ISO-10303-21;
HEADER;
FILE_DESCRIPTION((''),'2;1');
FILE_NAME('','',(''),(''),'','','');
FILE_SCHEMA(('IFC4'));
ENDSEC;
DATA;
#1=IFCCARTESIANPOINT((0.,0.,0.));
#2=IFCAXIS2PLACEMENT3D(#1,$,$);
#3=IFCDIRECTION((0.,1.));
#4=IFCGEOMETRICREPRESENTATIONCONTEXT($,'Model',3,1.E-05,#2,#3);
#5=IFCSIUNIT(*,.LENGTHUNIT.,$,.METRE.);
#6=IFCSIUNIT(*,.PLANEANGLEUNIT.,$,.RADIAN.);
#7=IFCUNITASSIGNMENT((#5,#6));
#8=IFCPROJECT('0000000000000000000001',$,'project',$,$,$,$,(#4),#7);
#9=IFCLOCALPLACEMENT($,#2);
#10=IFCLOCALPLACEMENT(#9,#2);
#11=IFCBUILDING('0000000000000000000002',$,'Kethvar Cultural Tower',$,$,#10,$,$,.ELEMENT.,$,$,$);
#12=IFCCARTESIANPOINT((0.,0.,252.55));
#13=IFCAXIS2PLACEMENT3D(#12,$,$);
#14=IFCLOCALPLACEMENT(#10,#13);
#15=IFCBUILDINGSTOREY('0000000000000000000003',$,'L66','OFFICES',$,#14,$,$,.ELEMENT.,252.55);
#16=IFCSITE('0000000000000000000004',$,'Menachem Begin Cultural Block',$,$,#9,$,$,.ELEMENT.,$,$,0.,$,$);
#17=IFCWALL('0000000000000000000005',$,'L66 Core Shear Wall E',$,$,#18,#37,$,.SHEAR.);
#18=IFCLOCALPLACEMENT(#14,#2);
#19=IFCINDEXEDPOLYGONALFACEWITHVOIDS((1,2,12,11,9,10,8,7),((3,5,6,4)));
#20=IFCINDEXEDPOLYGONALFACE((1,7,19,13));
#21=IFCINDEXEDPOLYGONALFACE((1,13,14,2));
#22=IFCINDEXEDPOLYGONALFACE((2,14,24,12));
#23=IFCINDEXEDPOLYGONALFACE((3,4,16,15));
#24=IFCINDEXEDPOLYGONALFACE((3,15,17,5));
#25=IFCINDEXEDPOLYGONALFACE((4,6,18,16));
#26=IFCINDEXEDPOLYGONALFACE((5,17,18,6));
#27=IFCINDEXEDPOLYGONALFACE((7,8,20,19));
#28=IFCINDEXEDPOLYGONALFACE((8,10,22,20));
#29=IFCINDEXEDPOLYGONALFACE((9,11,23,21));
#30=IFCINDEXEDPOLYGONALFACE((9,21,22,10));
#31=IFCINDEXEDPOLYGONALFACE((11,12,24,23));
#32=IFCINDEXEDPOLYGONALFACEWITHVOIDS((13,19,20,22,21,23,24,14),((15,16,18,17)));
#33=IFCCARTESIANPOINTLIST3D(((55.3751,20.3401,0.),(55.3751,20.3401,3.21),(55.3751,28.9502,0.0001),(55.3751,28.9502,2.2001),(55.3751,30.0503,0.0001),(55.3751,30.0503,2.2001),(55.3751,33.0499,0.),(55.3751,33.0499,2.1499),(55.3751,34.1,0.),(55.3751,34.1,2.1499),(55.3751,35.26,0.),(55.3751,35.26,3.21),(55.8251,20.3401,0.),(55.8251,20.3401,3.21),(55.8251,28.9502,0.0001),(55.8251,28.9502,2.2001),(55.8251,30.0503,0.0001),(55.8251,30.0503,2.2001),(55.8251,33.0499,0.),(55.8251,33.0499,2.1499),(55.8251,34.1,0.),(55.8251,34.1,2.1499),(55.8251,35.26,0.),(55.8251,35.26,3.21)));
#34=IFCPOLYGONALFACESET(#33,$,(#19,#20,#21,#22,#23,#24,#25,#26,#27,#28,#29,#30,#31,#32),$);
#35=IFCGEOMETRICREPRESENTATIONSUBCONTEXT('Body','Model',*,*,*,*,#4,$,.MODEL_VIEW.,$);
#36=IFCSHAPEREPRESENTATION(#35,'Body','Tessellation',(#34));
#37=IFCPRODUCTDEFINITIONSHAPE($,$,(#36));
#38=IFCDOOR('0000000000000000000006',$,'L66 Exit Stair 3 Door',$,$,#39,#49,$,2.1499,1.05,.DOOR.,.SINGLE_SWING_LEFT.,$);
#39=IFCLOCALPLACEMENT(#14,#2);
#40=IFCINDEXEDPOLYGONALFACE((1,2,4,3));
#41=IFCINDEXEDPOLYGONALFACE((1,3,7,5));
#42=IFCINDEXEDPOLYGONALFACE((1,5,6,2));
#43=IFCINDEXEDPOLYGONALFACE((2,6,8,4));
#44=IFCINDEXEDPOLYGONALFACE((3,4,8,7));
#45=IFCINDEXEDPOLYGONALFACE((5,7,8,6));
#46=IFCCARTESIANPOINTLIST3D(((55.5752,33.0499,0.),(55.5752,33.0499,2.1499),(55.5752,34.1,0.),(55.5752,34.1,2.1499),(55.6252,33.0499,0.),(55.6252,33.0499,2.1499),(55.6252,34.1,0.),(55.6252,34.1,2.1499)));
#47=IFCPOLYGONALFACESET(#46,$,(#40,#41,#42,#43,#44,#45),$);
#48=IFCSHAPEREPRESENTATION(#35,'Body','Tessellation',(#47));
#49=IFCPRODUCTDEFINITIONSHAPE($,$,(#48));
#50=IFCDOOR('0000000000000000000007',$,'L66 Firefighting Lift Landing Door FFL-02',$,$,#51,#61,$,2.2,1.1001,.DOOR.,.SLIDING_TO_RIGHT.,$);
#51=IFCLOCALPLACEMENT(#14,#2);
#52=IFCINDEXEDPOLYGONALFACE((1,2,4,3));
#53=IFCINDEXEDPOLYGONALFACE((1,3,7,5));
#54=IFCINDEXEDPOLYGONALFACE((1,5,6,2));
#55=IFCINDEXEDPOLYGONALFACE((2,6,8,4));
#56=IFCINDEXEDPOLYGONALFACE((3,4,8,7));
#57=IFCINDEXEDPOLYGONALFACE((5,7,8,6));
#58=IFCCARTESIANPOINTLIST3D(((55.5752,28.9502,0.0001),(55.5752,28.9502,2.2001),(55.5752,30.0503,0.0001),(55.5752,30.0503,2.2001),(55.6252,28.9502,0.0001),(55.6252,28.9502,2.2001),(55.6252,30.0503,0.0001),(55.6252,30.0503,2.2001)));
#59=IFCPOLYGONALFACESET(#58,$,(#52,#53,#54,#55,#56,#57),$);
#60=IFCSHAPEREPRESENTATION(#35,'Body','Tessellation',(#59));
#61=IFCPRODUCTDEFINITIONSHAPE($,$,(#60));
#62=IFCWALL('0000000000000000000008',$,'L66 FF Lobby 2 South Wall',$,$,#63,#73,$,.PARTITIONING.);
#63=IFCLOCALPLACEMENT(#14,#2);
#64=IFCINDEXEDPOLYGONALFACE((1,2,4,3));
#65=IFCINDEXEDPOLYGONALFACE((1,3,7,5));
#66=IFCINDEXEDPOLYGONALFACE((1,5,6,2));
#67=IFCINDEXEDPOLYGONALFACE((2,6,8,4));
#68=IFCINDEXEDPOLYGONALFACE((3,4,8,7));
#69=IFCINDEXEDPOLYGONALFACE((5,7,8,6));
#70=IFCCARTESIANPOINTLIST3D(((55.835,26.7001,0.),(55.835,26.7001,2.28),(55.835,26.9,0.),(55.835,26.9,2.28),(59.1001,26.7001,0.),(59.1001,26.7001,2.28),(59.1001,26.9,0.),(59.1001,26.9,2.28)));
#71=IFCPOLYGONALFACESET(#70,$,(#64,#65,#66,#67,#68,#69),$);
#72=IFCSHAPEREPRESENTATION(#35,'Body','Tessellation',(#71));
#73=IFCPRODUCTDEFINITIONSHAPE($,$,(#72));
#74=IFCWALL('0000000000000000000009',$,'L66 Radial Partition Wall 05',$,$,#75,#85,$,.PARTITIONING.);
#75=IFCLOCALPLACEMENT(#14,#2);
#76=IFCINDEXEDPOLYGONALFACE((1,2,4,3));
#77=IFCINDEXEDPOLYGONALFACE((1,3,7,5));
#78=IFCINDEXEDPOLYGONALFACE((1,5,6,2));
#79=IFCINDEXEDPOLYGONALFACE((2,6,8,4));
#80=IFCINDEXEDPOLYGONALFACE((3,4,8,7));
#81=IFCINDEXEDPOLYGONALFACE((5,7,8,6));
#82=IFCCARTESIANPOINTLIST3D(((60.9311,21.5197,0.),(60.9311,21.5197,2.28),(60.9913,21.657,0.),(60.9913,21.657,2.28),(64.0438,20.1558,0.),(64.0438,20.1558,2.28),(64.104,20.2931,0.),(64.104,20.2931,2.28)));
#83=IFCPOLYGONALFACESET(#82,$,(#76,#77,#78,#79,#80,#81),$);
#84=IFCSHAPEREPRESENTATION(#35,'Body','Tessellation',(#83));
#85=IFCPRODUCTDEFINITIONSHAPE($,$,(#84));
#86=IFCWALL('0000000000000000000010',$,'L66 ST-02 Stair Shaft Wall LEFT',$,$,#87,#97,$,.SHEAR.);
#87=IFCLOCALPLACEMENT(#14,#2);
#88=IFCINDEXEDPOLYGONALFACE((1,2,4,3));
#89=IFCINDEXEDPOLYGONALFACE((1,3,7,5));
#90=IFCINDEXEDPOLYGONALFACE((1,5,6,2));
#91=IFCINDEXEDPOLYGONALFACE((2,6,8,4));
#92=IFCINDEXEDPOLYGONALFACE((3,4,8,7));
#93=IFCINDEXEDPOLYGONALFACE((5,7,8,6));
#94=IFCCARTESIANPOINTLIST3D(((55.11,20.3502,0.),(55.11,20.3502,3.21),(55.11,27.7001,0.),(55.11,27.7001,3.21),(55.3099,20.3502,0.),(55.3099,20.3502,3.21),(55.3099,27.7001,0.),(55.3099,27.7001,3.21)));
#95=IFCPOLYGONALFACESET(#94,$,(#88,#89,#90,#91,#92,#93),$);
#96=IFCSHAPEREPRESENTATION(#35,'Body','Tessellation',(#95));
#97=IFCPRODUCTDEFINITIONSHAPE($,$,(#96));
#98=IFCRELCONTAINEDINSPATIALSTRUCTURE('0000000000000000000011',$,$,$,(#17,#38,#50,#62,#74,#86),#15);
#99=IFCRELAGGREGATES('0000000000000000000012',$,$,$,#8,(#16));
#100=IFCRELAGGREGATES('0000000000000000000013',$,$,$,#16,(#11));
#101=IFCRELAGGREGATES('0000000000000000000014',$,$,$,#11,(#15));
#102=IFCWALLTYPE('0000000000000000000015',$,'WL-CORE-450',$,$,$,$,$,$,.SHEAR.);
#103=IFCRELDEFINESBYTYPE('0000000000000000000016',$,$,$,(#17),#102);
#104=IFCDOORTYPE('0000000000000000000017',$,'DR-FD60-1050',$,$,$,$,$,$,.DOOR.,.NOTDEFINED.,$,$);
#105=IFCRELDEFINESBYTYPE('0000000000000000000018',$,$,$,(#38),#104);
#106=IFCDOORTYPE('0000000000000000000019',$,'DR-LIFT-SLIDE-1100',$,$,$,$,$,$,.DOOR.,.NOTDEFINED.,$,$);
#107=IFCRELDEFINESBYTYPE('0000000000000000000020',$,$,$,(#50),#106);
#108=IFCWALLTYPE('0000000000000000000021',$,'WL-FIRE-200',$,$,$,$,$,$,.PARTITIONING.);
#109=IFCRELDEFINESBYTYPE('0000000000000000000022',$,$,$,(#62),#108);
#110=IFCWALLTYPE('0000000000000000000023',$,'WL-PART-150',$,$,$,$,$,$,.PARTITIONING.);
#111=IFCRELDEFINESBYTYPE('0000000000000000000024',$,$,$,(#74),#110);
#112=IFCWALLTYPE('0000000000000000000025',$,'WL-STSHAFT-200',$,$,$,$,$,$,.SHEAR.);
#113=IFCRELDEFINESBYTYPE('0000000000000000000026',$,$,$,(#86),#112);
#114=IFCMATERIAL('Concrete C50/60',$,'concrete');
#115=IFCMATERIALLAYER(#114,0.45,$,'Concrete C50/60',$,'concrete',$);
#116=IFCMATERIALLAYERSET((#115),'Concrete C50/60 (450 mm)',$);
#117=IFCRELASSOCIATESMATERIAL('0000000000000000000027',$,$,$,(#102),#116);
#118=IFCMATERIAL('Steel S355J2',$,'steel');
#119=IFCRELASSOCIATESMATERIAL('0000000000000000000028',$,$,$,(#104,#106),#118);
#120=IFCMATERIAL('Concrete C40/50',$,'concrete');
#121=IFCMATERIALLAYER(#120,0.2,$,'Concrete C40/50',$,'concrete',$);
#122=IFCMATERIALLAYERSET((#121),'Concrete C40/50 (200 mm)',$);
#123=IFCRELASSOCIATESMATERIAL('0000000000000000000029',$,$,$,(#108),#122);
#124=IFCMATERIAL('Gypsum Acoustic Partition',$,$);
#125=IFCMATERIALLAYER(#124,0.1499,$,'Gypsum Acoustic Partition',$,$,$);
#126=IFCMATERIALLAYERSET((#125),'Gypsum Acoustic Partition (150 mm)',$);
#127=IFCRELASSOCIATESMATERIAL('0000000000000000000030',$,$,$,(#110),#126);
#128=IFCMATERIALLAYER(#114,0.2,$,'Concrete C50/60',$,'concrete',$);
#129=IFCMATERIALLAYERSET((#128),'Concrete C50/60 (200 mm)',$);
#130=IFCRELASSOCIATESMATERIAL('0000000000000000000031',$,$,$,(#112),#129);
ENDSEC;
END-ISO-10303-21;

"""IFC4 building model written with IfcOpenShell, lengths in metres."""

from ifc_helpers import new_model, si_unit, direction, frame, frame_2d, origin, place, context, subcontext, project, spatial, rectangle, extrude, source, transform, mapped, material, layer, layer_set, type_object, element, fill, save


model = new_model("IFC4")

# Units and contexts
model_context = context("Model", 3, precision=1e-05, world=origin(), true_north=direction((0.0, 1.0)))
body_context = subcontext(model_context, "Body", "Model", "MODEL_VIEW")
ifc_project = project(units=[si_unit("LENGTHUNIT", "METRE"), si_unit("PLANEANGLEUNIT", "RADIAN")], contexts=[model_context])

# Site, building, storey
site_placement = place(None, origin())
site = spatial("IfcSite", under=ifc_project, at=site_placement, Name="Menachem Begin Cultural Block", CompositionType="ELEMENT", RefElevation=0.0)
building_placement = place(site_placement, origin())
building = spatial("IfcBuilding", under=site, at=building_placement, Name="Kethvar Cultural Tower", CompositionType="ELEMENT")
storey_placement = place(building_placement, frame((0.0, 0.0, 252.55)))
storey = spatial("IfcBuildingStorey", under=building, at=storey_placement, Name="L66", Description="OFFICES", CompositionType="ELEMENT", Elevation=252.55)

# Shared definitions
ifc_material_1 = material(Name="Steel S355J2", Category="steel")

# Wall, openings, doors
ifc_material_2 = material(Name="Concrete C50/60", Category="concrete")
ifc_layer_1 = layer(ifc_material_2, 0.45, Name="Concrete C50/60", Category="concrete")
ifc_layer_set_1 = layer_set([ifc_layer_1], Name="Concrete C50/60 (450 mm)")
wall_type_1 = type_object("IfcWallType", Name="WL-CORE-450", PredefinedType="SHEAR", material=ifc_layer_set_1)
wall_1_placement = place(storey_placement, frame((55.6001, 20.3401, 0.0), z_axis=(0.0, 0.0, 1.0), x_axis=(0.0, 1.0, 0.0)))
wall_1 = element("IfcWall", 1, at=wall_1_placement, inside=storey, type_object=wall_type_1, Name="L66 Core Shear Wall E", PredefinedType="SHEAR", context=body_context, shape_type="SweptSolid", body=[
    extrude(rectangle(XDim=14.9199, YDim=0.45, at=frame_2d((7.46, 0.0))), origin(), (0.0, 0.0, 1.0), 3.21),
])
opening_1_placement = place(wall_1_placement, frame((12.71, 0.0, 0.0)))
opening_1 = element("IfcOpeningElement", 2, at=opening_1_placement, cuts=wall_1, PredefinedType="OPENING", context=body_context, shape_type="SweptSolid", body=[
    extrude(rectangle(XDim=1.05, YDim=2.1499, at=frame_2d((0.5249, 1.075))), frame((0.0, 0.2349, 0.0), z_axis=(0.0, -1.0, 0.0), x_axis=(1.0, 0.0, 0.0)), (0.0, 0.0, 1.0), 0.47),
])
opening_2_placement = place(wall_1_placement, frame((8.6101, 0.0, 0.0)))
opening_2 = element("IfcOpeningElement", 3, at=opening_2_placement, cuts=wall_1, PredefinedType="OPENING", context=body_context, shape_type="SweptSolid", body=[
    extrude(rectangle(XDim=1.1001, YDim=2.2, at=frame_2d((0.55, 1.1001))), frame((0.0, 0.2349, 0.0), z_axis=(0.0, -1.0, 0.0), x_axis=(1.0, 0.0, 0.0)), (0.0, 0.0, 1.0), 0.47),
])
door_type_1 = type_object("IfcDoorType", Name="DR-FD60-1050", OperationType="NOTDEFINED", PredefinedType="DOOR", material=ifc_material_1)
shared_shape_1 = source(origin(), body_context, "Body", "SweptSolid", [
    extrude(rectangle(XDim=1.05, YDim=2.1499, at=frame_2d((0.5249, 1.075))), frame((0.0, 0.0249, 0.0), z_axis=(0.0, -1.0, 0.0), x_axis=(1.0, 0.0, 0.0)), (0.0, 0.0, 1.0), 0.05),
])
door_1_placement = place(opening_1_placement, origin())
door_1 = element("IfcDoor", 4, at=door_1_placement, inside=storey, type_object=door_type_1, Name="L66 Exit Stair 3 Door", OperationType="SINGLE_SWING_LEFT", OverallHeight=2.1499, OverallWidth=1.05, PredefinedType="DOOR", context=body_context, shape_type="MappedRepresentation", body=[
    mapped(shared_shape_1, transform((0.0, 0.0, 0.0), scale=1.0)),
])
fill(opening_1, door_1)
door_type_2 = type_object("IfcDoorType", Name="DR-LIFT-SLIDE-1100", OperationType="NOTDEFINED", PredefinedType="DOOR", material=ifc_material_1)
shared_shape_2 = source(origin(), body_context, "Body", "SweptSolid", [
    extrude(rectangle(XDim=1.1001, YDim=2.2, at=frame_2d((0.55, 1.1001))), frame((0.0, 0.0249, 0.0), z_axis=(0.0, -1.0, 0.0), x_axis=(1.0, 0.0, 0.0)), (0.0, 0.0, 1.0), 0.05),
])
door_2_placement = place(opening_2_placement, origin())
door_2 = element("IfcDoor", 5, at=door_2_placement, inside=storey, type_object=door_type_2, Name="L66 Firefighting Lift Landing Door FFL-02", OperationType="SLIDING_TO_RIGHT", OverallHeight=2.2, OverallWidth=1.1001, PredefinedType="DOOR", context=body_context, shape_type="MappedRepresentation", body=[
    mapped(shared_shape_2, transform((0.0, 0.0, 0.0), scale=1.0)),
])
fill(opening_2, door_2)

# Shared definitions
ifc_material_3 = material(Name="Concrete C40/50", Category="concrete")
ifc_layer_2 = layer(ifc_material_3, 0.2, Name="Concrete C40/50", Category="concrete")
ifc_layer_set_2 = layer_set([ifc_layer_2], Name="Concrete C40/50 (200 mm)")
wall_type_2 = type_object("IfcWallType", Name="WL-FIRE-200", PredefinedType="PARTITIONING", material=ifc_layer_set_2)

# Walls
wall_2_placement = place(storey_placement, frame((55.835, 26.8, 0.0), z_axis=(0.0, 0.0, 1.0), x_axis=(1.0, 0.0, 0.0)))
element("IfcWall", 6, at=wall_2_placement, inside=storey, type_object=wall_type_2, Name="L66 FF Lobby 2 South Wall", PredefinedType="PARTITIONING", context=body_context, shape_type="SweptSolid", body=[
    extrude(rectangle(XDim=3.2651, YDim=0.2, at=frame_2d((1.6326, 0.0))), origin(), (0.0, 0.0, 1.0), 2.28),
])
ifc_material_4 = material(Name="Gypsum Acoustic Partition")
ifc_layer_3 = layer(ifc_material_4, 0.1499, Name="Gypsum Acoustic Partition")
ifc_layer_set_3 = layer_set([ifc_layer_3], Name="Gypsum Acoustic Partition (150 mm)")
wall_type_3 = type_object("IfcWallType", Name="WL-PART-150", PredefinedType="PARTITIONING", material=ifc_layer_set_3)
wall_3_placement = place(storey_placement, frame((60.9612, 21.5884, 0.0), z_axis=(0.0, 0.0, 1.0), x_axis=(0.915923, -0.401354, 0.0)))
element("IfcWall", 7, at=wall_3_placement, inside=storey, type_object=wall_type_3, Name="L66 Radial Partition Wall 05", PredefinedType="PARTITIONING", context=body_context, shape_type="SweptSolid", body=[
    extrude(rectangle(XDim=3.3984, YDim=0.1499, at=frame_2d((1.6992, 0.0))), origin(), (0.0, 0.0, 1.0), 2.28),
])
ifc_layer_4 = layer(ifc_material_2, 0.2, Name="Concrete C50/60", Category="concrete")
ifc_layer_set_4 = layer_set([ifc_layer_4], Name="Concrete C50/60 (200 mm)")
wall_type_4 = type_object("IfcWallType", Name="WL-STSHAFT-200", PredefinedType="SHEAR", material=ifc_layer_set_4)
wall_4_placement = place(storey_placement, frame((55.21, 27.7, 0.0), z_axis=(0.0, 0.0, 1.0), x_axis=(0.0, -1.0, 0.0)))
element("IfcWall", 8, at=wall_4_placement, inside=storey, type_object=wall_type_4, Name="L66 ST-02 Stair Shaft Wall LEFT", PredefinedType="SHEAR", context=body_context, shape_type="SweptSolid", body=[
    extrude(rectangle(XDim=7.3499, YDim=0.2, at=frame_2d((3.6748, 0.0))), origin(), (0.0, 0.0, 1.0), 3.21),
])

save(model, "model.ifc")
